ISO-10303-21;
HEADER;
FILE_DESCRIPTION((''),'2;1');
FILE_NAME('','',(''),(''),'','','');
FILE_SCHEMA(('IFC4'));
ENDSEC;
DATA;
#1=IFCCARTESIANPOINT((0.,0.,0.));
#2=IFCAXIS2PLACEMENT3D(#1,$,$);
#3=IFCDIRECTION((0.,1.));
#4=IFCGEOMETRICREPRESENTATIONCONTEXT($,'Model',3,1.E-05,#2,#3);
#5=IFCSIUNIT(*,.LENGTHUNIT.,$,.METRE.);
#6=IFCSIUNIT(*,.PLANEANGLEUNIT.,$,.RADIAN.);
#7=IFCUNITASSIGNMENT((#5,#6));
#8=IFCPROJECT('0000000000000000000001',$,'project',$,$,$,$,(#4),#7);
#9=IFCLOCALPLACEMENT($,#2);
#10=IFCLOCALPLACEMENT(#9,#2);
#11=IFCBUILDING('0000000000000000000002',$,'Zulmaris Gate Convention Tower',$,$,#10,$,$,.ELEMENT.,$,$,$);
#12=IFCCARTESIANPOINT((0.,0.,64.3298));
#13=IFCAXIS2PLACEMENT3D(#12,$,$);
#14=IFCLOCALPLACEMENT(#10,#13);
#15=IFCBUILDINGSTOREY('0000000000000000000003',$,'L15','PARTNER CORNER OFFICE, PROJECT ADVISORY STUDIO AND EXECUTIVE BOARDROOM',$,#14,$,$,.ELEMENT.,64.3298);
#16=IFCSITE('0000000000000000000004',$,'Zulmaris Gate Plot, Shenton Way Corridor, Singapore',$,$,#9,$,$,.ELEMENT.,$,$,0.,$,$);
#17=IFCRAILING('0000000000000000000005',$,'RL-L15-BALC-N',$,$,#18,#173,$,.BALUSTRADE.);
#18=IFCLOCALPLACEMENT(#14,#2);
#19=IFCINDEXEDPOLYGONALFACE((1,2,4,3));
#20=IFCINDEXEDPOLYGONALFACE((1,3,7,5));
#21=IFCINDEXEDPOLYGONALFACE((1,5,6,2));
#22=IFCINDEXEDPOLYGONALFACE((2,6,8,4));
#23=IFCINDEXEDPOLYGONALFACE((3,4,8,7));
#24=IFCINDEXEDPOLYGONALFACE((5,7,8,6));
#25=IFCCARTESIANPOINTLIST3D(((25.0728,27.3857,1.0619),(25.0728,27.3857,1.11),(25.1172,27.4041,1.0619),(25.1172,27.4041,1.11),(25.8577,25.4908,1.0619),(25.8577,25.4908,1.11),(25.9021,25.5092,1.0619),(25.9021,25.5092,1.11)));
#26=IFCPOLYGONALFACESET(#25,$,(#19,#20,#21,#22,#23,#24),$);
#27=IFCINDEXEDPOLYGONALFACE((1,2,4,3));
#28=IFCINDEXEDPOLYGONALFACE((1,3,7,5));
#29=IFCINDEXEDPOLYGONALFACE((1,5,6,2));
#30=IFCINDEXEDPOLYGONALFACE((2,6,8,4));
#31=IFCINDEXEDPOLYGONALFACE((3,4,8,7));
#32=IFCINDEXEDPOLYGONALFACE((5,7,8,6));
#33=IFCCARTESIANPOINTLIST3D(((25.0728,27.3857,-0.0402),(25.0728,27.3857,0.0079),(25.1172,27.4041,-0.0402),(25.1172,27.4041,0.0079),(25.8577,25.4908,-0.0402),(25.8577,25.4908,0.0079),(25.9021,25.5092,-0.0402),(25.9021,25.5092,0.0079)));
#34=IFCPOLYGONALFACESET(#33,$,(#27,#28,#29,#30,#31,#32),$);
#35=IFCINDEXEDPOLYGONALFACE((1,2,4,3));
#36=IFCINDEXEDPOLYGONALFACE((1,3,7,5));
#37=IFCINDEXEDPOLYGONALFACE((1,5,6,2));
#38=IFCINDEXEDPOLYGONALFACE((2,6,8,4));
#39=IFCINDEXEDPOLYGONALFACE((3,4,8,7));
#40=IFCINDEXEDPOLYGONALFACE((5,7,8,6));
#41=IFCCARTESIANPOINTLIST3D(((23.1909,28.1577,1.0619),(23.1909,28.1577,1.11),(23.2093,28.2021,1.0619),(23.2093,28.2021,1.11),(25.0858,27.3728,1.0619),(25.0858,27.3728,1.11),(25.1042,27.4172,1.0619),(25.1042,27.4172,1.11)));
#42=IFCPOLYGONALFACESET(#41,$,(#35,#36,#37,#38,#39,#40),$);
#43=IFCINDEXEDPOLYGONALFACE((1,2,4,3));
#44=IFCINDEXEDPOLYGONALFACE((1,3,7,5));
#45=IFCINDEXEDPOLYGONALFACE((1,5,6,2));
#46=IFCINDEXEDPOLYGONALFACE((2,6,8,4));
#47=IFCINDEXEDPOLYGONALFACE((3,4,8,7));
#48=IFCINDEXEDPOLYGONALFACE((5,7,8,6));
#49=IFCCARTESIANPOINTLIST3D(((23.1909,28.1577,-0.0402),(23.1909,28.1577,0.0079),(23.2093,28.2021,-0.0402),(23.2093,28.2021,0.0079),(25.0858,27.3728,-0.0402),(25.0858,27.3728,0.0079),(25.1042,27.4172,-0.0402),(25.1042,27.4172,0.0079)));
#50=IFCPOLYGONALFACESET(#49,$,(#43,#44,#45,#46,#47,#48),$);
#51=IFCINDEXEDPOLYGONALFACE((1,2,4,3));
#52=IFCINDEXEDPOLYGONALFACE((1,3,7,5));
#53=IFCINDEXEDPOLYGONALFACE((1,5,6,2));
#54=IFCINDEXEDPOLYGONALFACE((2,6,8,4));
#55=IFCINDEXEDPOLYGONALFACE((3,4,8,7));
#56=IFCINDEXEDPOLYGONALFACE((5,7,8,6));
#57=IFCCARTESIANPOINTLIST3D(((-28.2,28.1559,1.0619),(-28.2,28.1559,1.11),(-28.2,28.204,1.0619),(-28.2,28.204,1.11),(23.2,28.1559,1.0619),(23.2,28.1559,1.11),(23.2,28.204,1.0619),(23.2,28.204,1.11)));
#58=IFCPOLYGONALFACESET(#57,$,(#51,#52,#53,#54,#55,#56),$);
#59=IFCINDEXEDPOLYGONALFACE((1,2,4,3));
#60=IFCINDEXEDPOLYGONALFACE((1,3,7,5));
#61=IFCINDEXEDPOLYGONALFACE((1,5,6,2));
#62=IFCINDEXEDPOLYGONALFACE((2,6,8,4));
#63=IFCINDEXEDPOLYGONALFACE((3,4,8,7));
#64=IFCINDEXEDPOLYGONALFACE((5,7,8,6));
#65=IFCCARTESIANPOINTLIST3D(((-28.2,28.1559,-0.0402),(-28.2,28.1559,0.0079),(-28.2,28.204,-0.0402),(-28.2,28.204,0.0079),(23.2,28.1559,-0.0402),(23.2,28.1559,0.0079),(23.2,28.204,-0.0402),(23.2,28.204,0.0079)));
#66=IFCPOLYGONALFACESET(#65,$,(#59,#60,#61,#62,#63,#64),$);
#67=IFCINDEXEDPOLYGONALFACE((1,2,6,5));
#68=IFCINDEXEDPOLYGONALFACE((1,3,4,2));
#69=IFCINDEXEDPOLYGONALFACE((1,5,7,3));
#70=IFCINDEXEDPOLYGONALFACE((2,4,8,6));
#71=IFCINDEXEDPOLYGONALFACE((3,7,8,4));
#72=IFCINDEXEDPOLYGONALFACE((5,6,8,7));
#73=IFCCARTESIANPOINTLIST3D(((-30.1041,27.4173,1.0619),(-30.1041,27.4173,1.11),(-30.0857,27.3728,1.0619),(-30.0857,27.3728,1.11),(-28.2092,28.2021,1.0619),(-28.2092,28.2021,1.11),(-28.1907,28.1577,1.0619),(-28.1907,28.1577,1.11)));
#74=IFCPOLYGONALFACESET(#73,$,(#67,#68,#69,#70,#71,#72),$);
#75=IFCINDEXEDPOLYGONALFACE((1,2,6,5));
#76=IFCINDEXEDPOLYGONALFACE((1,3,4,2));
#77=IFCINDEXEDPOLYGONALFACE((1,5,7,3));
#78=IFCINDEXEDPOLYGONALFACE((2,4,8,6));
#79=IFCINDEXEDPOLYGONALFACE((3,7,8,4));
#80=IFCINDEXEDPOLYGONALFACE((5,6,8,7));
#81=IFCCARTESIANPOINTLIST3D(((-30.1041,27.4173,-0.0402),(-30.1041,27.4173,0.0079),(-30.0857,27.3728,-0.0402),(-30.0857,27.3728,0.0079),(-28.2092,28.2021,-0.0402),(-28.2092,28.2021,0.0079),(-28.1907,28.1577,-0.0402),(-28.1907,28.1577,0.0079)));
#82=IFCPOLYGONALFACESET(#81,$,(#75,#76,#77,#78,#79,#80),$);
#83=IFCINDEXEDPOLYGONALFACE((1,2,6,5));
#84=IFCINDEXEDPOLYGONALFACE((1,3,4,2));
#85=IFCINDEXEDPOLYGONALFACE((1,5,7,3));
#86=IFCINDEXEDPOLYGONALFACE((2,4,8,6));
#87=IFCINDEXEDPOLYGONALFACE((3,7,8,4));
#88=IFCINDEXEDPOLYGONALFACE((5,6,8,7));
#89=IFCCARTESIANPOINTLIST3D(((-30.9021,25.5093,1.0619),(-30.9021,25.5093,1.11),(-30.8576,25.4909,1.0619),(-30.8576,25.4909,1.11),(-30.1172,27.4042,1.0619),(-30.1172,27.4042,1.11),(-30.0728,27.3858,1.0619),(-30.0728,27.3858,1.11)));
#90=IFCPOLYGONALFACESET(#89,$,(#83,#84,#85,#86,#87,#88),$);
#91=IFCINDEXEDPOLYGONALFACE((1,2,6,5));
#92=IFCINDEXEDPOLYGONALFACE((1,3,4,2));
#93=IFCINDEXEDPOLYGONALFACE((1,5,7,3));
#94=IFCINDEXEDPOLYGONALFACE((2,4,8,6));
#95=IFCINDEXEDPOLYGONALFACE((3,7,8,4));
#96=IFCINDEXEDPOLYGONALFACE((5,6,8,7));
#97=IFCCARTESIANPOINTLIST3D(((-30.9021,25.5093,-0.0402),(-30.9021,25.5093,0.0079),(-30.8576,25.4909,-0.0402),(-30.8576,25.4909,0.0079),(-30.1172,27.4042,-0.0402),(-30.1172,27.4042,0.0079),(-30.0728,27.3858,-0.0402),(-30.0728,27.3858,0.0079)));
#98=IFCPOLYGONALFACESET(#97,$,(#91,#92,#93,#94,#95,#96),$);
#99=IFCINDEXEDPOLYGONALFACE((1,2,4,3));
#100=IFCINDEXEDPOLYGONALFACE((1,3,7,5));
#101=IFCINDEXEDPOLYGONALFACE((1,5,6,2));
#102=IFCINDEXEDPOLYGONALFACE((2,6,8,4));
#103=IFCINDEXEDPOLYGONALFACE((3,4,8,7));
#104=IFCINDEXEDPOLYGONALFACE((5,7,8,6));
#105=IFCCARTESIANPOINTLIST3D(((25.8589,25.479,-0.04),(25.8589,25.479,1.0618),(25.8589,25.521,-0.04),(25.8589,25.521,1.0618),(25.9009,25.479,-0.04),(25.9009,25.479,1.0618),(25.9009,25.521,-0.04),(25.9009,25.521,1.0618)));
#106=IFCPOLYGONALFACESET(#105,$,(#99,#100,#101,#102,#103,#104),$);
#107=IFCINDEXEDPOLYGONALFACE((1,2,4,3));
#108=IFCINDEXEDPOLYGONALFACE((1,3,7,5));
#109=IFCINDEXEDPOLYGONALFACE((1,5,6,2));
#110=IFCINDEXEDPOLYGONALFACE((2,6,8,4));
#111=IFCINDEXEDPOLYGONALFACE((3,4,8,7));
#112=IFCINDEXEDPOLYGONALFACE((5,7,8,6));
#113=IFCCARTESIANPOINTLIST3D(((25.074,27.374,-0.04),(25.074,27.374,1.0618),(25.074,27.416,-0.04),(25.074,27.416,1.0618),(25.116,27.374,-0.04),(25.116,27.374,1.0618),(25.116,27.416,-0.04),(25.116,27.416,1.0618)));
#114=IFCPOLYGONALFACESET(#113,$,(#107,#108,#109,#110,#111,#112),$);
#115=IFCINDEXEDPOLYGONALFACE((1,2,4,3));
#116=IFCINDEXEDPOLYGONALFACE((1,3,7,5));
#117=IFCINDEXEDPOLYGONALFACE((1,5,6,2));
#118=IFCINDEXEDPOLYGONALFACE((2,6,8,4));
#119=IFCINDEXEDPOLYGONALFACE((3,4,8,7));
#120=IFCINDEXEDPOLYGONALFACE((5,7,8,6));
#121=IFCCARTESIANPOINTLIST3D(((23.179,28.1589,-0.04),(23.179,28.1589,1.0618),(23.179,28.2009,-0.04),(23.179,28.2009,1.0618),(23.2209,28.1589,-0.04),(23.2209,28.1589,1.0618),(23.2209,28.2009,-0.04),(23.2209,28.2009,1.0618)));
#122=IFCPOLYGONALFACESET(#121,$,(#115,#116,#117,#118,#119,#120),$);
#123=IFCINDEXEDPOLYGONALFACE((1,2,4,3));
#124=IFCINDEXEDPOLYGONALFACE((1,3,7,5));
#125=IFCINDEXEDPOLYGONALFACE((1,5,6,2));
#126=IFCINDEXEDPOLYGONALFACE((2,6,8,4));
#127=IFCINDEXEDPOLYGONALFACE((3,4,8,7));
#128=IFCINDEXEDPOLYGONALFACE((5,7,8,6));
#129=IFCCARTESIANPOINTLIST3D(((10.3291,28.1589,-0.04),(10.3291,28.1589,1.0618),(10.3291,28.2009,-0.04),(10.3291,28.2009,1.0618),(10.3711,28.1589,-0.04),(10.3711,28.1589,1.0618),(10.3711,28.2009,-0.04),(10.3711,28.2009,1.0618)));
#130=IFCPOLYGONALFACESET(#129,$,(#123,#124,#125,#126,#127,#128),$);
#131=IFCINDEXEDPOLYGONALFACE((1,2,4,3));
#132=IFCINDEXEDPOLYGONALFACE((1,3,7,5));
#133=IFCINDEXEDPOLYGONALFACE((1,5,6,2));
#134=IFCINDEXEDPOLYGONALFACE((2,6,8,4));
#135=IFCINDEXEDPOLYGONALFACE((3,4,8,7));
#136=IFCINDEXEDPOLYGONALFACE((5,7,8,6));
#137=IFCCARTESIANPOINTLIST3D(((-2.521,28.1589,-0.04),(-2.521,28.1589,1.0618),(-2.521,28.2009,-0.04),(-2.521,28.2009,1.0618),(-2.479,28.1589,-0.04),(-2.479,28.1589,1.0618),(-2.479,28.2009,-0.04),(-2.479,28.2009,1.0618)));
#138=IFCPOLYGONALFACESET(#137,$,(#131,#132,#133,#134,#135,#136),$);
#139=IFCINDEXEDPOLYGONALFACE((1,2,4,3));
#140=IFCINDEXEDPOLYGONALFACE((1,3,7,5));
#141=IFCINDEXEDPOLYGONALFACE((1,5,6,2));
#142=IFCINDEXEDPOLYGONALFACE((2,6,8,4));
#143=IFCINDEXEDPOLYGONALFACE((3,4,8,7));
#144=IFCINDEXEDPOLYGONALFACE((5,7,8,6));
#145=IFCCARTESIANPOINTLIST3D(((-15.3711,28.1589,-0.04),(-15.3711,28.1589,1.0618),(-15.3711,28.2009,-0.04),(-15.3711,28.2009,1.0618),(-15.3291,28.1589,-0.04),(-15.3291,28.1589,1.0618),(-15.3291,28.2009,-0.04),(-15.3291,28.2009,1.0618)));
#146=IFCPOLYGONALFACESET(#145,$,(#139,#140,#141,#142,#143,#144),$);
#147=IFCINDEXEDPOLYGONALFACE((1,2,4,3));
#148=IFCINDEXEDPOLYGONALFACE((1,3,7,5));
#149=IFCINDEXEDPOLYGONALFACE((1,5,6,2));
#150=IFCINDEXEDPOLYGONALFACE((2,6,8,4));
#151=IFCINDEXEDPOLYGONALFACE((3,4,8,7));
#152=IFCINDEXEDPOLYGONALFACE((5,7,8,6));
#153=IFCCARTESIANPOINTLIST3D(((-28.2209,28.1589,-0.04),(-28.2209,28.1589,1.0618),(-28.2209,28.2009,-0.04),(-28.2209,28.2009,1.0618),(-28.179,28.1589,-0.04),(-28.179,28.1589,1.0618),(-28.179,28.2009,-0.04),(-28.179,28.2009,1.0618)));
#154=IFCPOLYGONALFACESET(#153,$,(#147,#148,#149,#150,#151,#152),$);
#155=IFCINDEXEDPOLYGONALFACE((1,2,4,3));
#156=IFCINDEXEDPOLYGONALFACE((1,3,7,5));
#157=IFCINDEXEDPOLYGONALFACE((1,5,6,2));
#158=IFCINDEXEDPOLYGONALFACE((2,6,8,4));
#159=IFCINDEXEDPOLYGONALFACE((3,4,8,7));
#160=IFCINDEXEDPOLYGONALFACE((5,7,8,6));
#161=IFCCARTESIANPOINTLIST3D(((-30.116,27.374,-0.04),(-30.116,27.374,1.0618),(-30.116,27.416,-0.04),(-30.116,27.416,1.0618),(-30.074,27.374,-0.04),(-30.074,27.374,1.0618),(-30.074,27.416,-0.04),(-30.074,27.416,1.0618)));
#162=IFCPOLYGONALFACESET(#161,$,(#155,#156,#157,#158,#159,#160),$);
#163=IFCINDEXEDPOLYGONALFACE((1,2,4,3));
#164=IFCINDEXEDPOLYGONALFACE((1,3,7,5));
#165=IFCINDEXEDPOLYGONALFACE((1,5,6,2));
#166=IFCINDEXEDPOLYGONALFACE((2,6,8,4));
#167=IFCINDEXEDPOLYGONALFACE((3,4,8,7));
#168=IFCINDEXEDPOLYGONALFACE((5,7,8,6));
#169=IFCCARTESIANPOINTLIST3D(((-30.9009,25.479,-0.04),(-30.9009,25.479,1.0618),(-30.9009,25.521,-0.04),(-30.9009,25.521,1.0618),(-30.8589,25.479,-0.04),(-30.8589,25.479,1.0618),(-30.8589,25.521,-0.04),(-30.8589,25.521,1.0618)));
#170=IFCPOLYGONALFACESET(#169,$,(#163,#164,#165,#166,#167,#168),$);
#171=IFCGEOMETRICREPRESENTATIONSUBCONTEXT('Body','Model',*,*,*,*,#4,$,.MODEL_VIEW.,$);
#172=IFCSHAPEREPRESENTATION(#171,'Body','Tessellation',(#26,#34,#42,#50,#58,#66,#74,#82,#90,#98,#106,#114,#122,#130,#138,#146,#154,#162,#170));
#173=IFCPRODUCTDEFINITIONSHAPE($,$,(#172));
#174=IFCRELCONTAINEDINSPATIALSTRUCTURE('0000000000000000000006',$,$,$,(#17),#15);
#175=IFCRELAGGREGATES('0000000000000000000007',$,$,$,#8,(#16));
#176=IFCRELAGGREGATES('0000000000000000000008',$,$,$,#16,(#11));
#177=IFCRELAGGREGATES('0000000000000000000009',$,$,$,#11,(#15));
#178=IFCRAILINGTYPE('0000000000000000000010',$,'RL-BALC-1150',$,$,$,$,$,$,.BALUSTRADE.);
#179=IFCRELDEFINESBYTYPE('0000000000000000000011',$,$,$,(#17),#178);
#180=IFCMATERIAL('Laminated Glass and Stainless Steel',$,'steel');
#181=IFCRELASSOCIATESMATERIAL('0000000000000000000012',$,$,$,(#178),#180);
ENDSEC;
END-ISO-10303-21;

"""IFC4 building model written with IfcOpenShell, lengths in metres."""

from ifc_helpers import new_model, si_unit, direction, frame, origin, origin_2d, place, context, subcontext, project, spatial, rectangle, extrude, material, type_object, element, save


model = new_model("IFC4")

# Units and contexts
model_context = context("Model", 3, precision=1e-05, world=origin(), true_north=direction((0.0, 1.0)))
body_context = subcontext(model_context, "Body", "Model", "MODEL_VIEW")
ifc_project = project(units=[si_unit("LENGTHUNIT", "METRE"), si_unit("PLANEANGLEUNIT", "RADIAN")], contexts=[model_context])

# Site, building, storey
site_placement = place(None, origin())
site = spatial("IfcSite", under=ifc_project, at=site_placement, Name="Zulmaris Gate Plot, Shenton Way Corridor, Singapore", CompositionType="ELEMENT", RefElevation=0.0)
building_placement = place(site_placement, origin())
building = spatial("IfcBuilding", under=site, at=building_placement, Name="Zulmaris Gate Convention Tower", CompositionType="ELEMENT")
storey_placement = place(building_placement, frame((0.0, 0.0, 64.3298)))
storey = spatial("IfcBuildingStorey", under=building, at=storey_placement, Name="L15", Description="PARTNER CORNER OFFICE, PROJECT ADVISORY STUDIO AND EXECUTIVE BOARDROOM", CompositionType="ELEMENT", Elevation=64.3298)

# Railing
ifc_material_1 = material(Name="Laminated Glass and Stainless Steel", Category="steel")
railing_type = type_object("IfcRailingType", Name="RL-BALC-1150", PredefinedType="BALUSTRADE", material=ifc_material_1)
railing_placement = place(storey_placement, frame((25.8799, 25.5, -0.04)))
element("IfcRailing", 1, at=railing_placement, inside=storey, type_object=railing_type, Name="RL-L15-BALC-N", PredefinedType="BALUSTRADE", context=body_context, shape_type="SweptSolid", body=[
    extrude(rectangle(XDim=0.0481, YDim=0.0481, at=origin_2d()), frame((0.0, 0.0, 1.126), z_axis=(-0.382671, 0.923885, 0.0), x_axis=(-0.923885, -0.382671, 0.0)), (0.0, 0.0, 1.0), 2.051),
    extrude(rectangle(XDim=0.0481, YDim=0.0481, at=origin_2d()), frame((0.0, 0.0, 0.0239), z_axis=(-0.382671, 0.923885, 0.0), x_axis=(-0.923885, -0.382671, 0.0)), (0.0, 0.0, 1.0), 2.051),
    extrude(rectangle(XDim=0.0481, YDim=0.0481, at=origin_2d()), frame((-0.7849, 1.895, 1.126), z_axis=(-0.923885, 0.382671, 0.0), x_axis=(-0.382671, -0.923885, 0.0)), (0.0, 0.0, 1.0), 2.051),
    extrude(rectangle(XDim=0.0481, YDim=0.0481, at=origin_2d()), frame((-0.7849, 1.895, 0.0239), z_axis=(-0.923885, 0.382671, 0.0), x_axis=(-0.382671, -0.923885, 0.0)), (0.0, 0.0, 1.0), 2.051),
    extrude(rectangle(XDim=0.0481, YDim=0.0481, at=origin_2d()), frame((-2.6799, 2.6799, 1.126), z_axis=(-1.0, 0.0, 0.0), x_axis=(0.0, -1.0, 0.0)), (0.0, 0.0, 1.0), 51.3999),
    extrude(rectangle(XDim=0.0481, YDim=0.0481, at=origin_2d()), frame((-2.6799, 2.6799, 0.0239), z_axis=(-1.0, 0.0, 0.0), x_axis=(0.0, -1.0, 0.0)), (0.0, 0.0, 1.0), 51.3999),
    extrude(rectangle(XDim=0.0481, YDim=0.0481, at=origin_2d()), frame((-54.0798, 2.6799, 1.126), z_axis=(-0.923885, -0.382671, 0.0), x_axis=(0.382671, -0.923885, 0.0)), (0.0, 0.0, 1.0), 2.051),
    extrude(rectangle(XDim=0.0481, YDim=0.0481, at=origin_2d()), frame((-54.0798, 2.6799, 0.0239), z_axis=(-0.923885, -0.382671, 0.0), x_axis=(0.382671, -0.923885, 0.0)), (0.0, 0.0, 1.0), 2.051),
    extrude(rectangle(XDim=0.0481, YDim=0.0481, at=origin_2d()), frame((-55.9749, 1.895, 1.126), z_axis=(-0.382671, -0.923885, 0.0), x_axis=(0.923885, -0.382671, 0.0)), (0.0, 0.0, 1.0), 2.051),
    extrude(rectangle(XDim=0.0481, YDim=0.0481, at=origin_2d()), frame((-55.9749, 1.895, 0.0239), z_axis=(-0.382671, -0.923885, 0.0), x_axis=(0.923885, -0.382671, 0.0)), (0.0, 0.0, 1.0), 2.051),
    extrude(rectangle(XDim=0.042, YDim=0.042, at=origin_2d()), origin(), (0.0, 0.0, 1.0), 1.1018),
    extrude(rectangle(XDim=0.042, YDim=0.042, at=origin_2d()), frame((-0.7849, 1.895, 0.0)), (0.0, 0.0, 1.0), 1.1018),
    extrude(rectangle(XDim=0.042, YDim=0.042, at=origin_2d()), frame((-2.6799, 2.6799, 0.0)), (0.0, 0.0, 1.0), 1.1018),
    extrude(rectangle(XDim=0.042, YDim=0.042, at=origin_2d()), frame((-15.5298, 2.6799, 0.0)), (0.0, 0.0, 1.0), 1.1018),
    extrude(rectangle(XDim=0.042, YDim=0.042, at=origin_2d()), frame((-28.3799, 2.6799, 0.0)), (0.0, 0.0, 1.0), 1.1018),
    extrude(rectangle(XDim=0.042, YDim=0.042, at=origin_2d()), frame((-41.23, 2.6799, 0.0)), (0.0, 0.0, 1.0), 1.1018),
    extrude(rectangle(XDim=0.042, YDim=0.042, at=origin_2d()), frame((-54.0798, 2.6799, 0.0)), (0.0, 0.0, 1.0), 1.1018),
    extrude(rectangle(XDim=0.042, YDim=0.042, at=origin_2d()), frame((-55.9749, 1.895, 0.0)), (0.0, 0.0, 1.0), 1.1018),
    extrude(rectangle(XDim=0.042, YDim=0.042, at=origin_2d()), frame((-56.7598, 0.0, 0.0)), (0.0, 0.0, 1.0), 1.1018),
])

save(model, "model.ifc")
